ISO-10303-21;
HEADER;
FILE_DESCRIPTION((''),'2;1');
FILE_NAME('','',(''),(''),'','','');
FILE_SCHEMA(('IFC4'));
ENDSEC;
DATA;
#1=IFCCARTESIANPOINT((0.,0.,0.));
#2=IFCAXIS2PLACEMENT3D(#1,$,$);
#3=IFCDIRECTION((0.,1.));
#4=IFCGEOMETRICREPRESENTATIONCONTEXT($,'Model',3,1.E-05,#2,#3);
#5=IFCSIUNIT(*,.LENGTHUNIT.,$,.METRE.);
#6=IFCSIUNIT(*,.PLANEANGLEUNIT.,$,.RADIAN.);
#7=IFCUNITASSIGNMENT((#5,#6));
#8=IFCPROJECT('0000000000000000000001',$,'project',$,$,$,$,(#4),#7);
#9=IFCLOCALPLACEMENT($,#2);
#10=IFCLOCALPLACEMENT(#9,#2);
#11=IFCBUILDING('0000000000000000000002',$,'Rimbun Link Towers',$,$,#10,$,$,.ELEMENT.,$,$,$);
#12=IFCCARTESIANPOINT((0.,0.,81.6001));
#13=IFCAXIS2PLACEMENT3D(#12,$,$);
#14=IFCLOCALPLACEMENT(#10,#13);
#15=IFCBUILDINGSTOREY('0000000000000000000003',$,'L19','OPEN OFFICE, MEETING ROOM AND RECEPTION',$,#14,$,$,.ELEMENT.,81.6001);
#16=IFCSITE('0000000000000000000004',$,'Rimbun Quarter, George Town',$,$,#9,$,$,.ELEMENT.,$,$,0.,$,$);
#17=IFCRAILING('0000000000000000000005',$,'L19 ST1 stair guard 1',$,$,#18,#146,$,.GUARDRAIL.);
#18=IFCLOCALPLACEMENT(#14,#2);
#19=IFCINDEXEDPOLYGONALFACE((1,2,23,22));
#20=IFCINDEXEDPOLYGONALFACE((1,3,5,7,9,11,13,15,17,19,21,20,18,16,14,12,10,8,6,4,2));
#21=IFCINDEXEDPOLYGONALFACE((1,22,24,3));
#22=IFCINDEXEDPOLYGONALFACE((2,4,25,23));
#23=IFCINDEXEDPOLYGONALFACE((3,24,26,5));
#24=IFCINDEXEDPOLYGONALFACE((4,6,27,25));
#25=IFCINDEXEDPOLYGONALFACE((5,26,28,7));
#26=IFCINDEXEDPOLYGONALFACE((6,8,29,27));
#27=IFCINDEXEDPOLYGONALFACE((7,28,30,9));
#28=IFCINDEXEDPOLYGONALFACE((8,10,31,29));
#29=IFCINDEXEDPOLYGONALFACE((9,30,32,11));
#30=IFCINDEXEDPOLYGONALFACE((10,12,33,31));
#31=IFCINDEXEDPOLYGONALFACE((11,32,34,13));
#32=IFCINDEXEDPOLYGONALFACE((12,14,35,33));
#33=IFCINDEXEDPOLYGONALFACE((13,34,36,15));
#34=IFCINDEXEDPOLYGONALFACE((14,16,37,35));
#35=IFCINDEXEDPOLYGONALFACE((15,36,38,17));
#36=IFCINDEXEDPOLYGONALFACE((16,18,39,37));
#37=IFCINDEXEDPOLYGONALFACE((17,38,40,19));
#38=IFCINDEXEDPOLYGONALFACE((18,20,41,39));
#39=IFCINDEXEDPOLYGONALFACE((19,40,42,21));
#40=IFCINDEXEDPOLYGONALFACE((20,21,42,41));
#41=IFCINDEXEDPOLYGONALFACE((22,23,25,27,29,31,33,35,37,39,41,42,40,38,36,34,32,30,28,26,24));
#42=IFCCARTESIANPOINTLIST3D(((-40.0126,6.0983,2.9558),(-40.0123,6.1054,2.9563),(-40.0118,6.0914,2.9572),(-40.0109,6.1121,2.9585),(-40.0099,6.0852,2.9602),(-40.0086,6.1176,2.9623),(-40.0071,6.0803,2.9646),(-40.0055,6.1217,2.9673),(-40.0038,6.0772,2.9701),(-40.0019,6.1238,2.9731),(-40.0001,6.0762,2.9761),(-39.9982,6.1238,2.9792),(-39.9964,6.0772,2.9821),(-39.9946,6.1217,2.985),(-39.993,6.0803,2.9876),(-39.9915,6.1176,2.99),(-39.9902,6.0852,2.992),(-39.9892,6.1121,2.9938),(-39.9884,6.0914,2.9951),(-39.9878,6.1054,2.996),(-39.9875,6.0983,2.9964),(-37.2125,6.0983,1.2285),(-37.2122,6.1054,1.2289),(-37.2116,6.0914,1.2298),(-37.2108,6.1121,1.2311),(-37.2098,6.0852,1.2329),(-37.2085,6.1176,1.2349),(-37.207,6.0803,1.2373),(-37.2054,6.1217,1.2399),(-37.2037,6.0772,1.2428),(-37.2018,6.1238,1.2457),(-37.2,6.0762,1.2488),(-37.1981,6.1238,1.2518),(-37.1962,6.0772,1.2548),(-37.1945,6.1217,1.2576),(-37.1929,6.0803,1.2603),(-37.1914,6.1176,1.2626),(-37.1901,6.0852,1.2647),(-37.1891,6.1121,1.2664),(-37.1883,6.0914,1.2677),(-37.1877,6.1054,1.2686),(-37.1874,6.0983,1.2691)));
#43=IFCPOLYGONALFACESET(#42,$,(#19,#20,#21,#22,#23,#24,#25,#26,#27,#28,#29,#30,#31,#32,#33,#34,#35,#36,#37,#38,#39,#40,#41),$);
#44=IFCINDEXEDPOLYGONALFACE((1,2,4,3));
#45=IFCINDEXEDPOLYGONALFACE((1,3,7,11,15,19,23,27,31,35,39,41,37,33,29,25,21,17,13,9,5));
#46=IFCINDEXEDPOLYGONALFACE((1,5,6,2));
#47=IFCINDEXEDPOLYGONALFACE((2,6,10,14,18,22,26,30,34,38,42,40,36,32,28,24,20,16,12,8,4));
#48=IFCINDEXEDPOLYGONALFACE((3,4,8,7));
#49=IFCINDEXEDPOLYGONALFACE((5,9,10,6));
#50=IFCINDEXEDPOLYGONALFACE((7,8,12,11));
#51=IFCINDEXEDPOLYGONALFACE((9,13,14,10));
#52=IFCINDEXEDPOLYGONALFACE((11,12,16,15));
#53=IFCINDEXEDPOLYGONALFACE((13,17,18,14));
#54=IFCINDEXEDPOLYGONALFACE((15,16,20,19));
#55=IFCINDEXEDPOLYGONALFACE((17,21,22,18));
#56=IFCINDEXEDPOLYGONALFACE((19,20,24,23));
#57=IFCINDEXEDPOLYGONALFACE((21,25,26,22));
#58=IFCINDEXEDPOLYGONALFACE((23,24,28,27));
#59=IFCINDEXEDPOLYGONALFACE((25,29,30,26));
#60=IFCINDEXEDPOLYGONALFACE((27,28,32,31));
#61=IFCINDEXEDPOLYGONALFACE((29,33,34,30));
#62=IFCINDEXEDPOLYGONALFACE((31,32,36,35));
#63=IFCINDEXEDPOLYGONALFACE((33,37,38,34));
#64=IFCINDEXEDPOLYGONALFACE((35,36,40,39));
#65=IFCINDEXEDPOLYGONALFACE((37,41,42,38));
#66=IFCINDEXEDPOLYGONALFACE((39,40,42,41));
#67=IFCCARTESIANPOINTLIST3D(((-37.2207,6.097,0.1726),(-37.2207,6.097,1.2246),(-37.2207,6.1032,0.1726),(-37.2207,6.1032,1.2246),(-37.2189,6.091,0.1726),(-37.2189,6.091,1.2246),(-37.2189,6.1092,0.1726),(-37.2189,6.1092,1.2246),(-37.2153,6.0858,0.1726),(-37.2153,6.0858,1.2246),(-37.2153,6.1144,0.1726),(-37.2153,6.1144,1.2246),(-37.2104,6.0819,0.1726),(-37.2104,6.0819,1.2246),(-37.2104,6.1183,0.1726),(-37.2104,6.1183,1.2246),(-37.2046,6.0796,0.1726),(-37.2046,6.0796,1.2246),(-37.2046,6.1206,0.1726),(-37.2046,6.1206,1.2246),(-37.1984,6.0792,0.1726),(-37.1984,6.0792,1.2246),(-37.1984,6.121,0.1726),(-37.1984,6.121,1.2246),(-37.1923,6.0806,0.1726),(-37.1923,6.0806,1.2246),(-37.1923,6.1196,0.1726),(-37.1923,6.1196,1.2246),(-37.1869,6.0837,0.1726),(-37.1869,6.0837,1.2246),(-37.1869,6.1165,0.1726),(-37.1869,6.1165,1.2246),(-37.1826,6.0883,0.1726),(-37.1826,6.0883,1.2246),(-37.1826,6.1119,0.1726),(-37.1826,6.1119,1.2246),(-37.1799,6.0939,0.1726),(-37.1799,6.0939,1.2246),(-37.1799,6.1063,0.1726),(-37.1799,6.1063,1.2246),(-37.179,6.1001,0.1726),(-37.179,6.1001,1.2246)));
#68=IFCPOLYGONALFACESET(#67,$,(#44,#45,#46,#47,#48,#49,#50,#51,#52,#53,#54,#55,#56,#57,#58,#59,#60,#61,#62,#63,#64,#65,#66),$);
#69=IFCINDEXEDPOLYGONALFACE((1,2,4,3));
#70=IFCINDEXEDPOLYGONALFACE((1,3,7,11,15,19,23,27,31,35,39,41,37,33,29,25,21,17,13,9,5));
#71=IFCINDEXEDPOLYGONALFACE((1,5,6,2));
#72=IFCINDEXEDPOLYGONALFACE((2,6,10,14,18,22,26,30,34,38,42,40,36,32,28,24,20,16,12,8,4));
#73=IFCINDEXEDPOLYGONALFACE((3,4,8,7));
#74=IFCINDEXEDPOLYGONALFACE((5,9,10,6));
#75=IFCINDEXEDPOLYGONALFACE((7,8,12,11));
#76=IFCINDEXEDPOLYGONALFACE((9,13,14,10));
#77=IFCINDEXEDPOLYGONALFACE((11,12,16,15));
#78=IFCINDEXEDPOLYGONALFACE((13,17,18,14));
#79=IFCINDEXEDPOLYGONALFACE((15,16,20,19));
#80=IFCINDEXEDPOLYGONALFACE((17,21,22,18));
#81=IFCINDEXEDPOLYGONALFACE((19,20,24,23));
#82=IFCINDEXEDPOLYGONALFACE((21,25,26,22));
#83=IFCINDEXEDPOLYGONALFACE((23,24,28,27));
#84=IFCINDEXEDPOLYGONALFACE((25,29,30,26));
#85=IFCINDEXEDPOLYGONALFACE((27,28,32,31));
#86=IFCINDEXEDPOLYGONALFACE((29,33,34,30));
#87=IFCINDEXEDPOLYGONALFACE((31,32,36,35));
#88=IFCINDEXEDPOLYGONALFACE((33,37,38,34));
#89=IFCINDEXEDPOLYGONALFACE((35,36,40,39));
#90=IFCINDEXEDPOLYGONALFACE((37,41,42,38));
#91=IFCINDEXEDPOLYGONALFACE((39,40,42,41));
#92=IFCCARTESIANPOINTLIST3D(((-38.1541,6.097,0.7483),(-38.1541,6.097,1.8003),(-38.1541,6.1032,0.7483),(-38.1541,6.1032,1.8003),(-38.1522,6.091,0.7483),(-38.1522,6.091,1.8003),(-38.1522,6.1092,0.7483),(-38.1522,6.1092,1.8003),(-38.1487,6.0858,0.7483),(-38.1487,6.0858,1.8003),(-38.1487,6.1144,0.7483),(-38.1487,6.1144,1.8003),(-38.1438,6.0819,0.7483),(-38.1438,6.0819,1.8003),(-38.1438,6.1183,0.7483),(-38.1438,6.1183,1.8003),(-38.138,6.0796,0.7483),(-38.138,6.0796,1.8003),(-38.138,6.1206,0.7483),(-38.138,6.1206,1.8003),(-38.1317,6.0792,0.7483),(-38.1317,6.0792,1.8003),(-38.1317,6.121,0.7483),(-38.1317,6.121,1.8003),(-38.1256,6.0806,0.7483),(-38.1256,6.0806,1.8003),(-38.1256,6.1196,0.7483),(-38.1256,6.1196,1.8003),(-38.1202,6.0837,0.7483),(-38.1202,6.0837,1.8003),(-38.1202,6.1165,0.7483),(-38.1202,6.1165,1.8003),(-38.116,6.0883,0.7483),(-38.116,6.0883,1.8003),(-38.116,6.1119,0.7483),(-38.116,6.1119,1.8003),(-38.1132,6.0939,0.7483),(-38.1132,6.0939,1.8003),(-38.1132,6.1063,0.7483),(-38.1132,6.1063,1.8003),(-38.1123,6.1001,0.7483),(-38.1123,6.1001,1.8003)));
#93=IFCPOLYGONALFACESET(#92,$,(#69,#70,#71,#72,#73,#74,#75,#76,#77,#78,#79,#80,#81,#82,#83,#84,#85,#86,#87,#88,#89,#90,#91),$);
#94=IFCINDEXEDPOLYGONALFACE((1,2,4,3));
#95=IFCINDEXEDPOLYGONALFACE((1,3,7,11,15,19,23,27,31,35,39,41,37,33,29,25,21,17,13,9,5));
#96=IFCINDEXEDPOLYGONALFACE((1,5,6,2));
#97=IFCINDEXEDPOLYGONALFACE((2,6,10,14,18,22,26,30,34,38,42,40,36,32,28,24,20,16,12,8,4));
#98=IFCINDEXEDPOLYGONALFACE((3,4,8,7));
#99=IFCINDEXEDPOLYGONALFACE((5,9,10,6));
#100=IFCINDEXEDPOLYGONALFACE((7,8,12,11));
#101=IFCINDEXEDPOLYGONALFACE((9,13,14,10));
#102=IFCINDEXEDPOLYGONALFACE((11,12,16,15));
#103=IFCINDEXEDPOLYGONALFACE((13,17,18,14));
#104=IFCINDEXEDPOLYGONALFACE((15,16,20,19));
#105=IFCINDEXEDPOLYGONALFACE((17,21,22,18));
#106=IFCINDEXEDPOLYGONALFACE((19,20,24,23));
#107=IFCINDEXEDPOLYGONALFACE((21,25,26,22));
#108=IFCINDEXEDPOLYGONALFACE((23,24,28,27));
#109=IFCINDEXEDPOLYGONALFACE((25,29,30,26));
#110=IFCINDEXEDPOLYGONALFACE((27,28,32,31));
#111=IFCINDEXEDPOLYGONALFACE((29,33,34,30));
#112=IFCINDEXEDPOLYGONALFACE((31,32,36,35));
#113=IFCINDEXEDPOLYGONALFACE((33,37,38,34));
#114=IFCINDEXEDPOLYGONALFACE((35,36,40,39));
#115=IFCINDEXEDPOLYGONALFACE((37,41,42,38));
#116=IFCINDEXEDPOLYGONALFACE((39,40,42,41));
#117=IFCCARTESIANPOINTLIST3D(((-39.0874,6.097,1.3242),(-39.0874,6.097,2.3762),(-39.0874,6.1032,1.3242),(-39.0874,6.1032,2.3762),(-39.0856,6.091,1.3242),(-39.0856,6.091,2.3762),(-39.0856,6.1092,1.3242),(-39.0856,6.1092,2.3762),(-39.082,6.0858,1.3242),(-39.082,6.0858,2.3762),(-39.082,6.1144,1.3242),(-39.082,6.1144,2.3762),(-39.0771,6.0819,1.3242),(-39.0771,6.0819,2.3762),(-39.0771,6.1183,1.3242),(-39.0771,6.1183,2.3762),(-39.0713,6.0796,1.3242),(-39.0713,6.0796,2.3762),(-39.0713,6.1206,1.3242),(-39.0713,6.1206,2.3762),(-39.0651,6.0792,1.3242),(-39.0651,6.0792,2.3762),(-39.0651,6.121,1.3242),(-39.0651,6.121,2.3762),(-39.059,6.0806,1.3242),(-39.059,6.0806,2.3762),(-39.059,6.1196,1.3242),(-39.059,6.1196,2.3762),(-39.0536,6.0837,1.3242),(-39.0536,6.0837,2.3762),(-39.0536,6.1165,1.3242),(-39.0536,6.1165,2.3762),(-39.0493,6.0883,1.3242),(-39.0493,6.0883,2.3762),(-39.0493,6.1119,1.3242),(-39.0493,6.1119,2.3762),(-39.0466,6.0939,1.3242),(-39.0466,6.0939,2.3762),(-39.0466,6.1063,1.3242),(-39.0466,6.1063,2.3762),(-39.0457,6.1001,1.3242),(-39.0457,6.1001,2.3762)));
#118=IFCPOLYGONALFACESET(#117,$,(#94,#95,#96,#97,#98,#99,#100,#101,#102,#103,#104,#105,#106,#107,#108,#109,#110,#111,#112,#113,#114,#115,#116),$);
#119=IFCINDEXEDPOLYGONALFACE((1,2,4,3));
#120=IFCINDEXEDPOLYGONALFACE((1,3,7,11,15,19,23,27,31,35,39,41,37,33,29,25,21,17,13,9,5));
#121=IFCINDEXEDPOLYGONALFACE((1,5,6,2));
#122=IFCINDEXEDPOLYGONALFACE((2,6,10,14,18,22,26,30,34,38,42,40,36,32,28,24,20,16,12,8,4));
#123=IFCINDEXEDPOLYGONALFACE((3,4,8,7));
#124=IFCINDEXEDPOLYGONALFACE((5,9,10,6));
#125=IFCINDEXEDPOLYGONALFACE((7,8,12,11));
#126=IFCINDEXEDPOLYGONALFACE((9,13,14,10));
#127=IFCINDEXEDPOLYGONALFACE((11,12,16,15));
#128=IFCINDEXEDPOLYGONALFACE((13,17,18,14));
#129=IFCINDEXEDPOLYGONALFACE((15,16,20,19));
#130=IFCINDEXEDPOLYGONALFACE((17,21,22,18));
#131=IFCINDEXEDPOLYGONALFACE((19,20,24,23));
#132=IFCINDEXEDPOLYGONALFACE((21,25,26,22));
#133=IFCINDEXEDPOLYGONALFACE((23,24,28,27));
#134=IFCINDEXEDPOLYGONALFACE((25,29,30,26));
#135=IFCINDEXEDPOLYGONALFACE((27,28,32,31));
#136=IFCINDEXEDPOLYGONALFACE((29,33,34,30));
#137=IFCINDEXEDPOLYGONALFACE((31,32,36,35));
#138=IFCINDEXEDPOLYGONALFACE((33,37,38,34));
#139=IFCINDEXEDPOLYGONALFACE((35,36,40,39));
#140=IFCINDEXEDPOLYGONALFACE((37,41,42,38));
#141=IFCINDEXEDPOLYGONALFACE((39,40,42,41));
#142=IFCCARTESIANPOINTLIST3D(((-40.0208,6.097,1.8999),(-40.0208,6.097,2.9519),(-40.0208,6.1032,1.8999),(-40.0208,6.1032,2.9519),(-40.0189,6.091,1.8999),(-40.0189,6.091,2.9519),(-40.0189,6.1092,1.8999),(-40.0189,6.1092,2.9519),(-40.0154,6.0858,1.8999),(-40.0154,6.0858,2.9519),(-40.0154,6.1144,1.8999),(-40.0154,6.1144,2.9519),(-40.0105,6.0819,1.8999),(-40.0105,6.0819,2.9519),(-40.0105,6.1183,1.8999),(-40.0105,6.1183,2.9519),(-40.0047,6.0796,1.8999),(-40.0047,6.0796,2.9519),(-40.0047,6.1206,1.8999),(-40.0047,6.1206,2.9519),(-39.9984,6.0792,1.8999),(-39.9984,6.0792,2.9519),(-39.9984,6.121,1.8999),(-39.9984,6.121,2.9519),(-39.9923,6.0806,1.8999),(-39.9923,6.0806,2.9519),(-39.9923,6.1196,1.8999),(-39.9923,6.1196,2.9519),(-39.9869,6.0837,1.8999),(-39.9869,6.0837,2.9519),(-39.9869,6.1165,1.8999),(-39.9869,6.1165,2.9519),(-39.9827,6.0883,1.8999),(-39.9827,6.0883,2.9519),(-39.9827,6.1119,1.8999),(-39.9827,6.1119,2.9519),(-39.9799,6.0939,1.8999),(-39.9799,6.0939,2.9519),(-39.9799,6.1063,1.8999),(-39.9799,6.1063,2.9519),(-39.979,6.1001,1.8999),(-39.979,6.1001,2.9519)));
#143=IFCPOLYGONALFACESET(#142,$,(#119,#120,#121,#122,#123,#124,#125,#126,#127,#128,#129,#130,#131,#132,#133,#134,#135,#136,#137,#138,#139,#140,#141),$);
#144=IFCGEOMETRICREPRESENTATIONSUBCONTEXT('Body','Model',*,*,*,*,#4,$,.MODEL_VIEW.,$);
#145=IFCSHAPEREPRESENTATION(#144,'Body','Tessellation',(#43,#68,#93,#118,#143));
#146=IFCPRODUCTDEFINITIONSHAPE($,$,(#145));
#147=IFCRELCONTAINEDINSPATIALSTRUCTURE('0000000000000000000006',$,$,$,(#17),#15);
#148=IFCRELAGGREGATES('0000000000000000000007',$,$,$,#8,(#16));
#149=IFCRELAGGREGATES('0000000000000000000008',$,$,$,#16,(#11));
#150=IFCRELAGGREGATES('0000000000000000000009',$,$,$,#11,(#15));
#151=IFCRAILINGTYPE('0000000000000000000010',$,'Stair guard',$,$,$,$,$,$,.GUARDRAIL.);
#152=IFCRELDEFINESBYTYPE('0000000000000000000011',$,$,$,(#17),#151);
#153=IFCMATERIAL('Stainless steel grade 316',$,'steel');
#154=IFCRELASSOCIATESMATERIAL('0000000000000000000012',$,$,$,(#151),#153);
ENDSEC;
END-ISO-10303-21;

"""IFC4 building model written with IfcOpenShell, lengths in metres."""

from ifc_helpers import new_model, si_unit, direction, frame, origin, origin_2d, place, context, subcontext, project, spatial, circle, extrude, material, type_object, element, save


model = new_model("IFC4")

# Units and contexts
model_context = context("Model", 3, precision=1e-05, world=origin(), true_north=direction((0.0, 1.0)))
body_context = subcontext(model_context, "Body", "Model", "MODEL_VIEW")
ifc_project = project(units=[si_unit("LENGTHUNIT", "METRE"), si_unit("PLANEANGLEUNIT", "RADIAN")], contexts=[model_context])

# Site, building, storey
site_placement = place(None, origin())
site = spatial("IfcSite", under=ifc_project, at=site_placement, Name="Rimbun Quarter, George Town", CompositionType="ELEMENT", RefElevation=0.0)
building_placement = place(site_placement, origin())
building = spatial("IfcBuilding", under=site, at=building_placement, Name="Rimbun Link Towers", CompositionType="ELEMENT")
storey_placement = place(building_placement, frame((0.0, 0.0, 81.6001)))
storey = spatial("IfcBuildingStorey", under=building, at=storey_placement, Name="L19", Description="OPEN OFFICE, MEETING ROOM AND RECEPTION", CompositionType="ELEMENT", Elevation=81.6001)

# Railing
ifc_material_1 = material(Name="Stainless steel grade 316", Category="steel")
railing_type_1 = type_object("IfcRailingType", Name="Stair guard", PredefinedType="GUARDRAIL", material=ifc_material_1)
railing_1_placement = place(storey_placement, frame((-37.2, 6.1001, 0.1726)))
element("IfcRailing", 1, at=railing_1_placement, inside=storey, type_object=railing_type_1, Name="L19 ST1 stair guard 1", PredefinedType="GUARDRAIL", context=body_context, shape_type="SweptSolid", body=[
    extrude(circle(Radius=0.0239, at=origin_2d()), frame((0.0, 0.0, 1.0762), z_axis=(-0.85109, 0.0, 0.52502), x_axis=(0.0, -1.0, 0.0)), (0.0, 0.0, 1.0), 3.29),
    extrude(circle(Radius=0.021, at=origin_2d()), origin(), (0.0, 0.0, 1.0), 1.052),
    extrude(circle(Radius=0.021, at=origin_2d()), frame((-0.9333, 0.0, 0.5757)), (0.0, 0.0, 1.0), 1.052),
    extrude(circle(Radius=0.021, at=origin_2d()), frame((-1.8667, 0.0, 1.1516)), (0.0, 0.0, 1.0), 1.052),
    extrude(circle(Radius=0.021, at=origin_2d()), frame((-2.8, 0.0, 1.7273)), (0.0, 0.0, 1.0), 1.052),
])

save(model, "model.ifc")
